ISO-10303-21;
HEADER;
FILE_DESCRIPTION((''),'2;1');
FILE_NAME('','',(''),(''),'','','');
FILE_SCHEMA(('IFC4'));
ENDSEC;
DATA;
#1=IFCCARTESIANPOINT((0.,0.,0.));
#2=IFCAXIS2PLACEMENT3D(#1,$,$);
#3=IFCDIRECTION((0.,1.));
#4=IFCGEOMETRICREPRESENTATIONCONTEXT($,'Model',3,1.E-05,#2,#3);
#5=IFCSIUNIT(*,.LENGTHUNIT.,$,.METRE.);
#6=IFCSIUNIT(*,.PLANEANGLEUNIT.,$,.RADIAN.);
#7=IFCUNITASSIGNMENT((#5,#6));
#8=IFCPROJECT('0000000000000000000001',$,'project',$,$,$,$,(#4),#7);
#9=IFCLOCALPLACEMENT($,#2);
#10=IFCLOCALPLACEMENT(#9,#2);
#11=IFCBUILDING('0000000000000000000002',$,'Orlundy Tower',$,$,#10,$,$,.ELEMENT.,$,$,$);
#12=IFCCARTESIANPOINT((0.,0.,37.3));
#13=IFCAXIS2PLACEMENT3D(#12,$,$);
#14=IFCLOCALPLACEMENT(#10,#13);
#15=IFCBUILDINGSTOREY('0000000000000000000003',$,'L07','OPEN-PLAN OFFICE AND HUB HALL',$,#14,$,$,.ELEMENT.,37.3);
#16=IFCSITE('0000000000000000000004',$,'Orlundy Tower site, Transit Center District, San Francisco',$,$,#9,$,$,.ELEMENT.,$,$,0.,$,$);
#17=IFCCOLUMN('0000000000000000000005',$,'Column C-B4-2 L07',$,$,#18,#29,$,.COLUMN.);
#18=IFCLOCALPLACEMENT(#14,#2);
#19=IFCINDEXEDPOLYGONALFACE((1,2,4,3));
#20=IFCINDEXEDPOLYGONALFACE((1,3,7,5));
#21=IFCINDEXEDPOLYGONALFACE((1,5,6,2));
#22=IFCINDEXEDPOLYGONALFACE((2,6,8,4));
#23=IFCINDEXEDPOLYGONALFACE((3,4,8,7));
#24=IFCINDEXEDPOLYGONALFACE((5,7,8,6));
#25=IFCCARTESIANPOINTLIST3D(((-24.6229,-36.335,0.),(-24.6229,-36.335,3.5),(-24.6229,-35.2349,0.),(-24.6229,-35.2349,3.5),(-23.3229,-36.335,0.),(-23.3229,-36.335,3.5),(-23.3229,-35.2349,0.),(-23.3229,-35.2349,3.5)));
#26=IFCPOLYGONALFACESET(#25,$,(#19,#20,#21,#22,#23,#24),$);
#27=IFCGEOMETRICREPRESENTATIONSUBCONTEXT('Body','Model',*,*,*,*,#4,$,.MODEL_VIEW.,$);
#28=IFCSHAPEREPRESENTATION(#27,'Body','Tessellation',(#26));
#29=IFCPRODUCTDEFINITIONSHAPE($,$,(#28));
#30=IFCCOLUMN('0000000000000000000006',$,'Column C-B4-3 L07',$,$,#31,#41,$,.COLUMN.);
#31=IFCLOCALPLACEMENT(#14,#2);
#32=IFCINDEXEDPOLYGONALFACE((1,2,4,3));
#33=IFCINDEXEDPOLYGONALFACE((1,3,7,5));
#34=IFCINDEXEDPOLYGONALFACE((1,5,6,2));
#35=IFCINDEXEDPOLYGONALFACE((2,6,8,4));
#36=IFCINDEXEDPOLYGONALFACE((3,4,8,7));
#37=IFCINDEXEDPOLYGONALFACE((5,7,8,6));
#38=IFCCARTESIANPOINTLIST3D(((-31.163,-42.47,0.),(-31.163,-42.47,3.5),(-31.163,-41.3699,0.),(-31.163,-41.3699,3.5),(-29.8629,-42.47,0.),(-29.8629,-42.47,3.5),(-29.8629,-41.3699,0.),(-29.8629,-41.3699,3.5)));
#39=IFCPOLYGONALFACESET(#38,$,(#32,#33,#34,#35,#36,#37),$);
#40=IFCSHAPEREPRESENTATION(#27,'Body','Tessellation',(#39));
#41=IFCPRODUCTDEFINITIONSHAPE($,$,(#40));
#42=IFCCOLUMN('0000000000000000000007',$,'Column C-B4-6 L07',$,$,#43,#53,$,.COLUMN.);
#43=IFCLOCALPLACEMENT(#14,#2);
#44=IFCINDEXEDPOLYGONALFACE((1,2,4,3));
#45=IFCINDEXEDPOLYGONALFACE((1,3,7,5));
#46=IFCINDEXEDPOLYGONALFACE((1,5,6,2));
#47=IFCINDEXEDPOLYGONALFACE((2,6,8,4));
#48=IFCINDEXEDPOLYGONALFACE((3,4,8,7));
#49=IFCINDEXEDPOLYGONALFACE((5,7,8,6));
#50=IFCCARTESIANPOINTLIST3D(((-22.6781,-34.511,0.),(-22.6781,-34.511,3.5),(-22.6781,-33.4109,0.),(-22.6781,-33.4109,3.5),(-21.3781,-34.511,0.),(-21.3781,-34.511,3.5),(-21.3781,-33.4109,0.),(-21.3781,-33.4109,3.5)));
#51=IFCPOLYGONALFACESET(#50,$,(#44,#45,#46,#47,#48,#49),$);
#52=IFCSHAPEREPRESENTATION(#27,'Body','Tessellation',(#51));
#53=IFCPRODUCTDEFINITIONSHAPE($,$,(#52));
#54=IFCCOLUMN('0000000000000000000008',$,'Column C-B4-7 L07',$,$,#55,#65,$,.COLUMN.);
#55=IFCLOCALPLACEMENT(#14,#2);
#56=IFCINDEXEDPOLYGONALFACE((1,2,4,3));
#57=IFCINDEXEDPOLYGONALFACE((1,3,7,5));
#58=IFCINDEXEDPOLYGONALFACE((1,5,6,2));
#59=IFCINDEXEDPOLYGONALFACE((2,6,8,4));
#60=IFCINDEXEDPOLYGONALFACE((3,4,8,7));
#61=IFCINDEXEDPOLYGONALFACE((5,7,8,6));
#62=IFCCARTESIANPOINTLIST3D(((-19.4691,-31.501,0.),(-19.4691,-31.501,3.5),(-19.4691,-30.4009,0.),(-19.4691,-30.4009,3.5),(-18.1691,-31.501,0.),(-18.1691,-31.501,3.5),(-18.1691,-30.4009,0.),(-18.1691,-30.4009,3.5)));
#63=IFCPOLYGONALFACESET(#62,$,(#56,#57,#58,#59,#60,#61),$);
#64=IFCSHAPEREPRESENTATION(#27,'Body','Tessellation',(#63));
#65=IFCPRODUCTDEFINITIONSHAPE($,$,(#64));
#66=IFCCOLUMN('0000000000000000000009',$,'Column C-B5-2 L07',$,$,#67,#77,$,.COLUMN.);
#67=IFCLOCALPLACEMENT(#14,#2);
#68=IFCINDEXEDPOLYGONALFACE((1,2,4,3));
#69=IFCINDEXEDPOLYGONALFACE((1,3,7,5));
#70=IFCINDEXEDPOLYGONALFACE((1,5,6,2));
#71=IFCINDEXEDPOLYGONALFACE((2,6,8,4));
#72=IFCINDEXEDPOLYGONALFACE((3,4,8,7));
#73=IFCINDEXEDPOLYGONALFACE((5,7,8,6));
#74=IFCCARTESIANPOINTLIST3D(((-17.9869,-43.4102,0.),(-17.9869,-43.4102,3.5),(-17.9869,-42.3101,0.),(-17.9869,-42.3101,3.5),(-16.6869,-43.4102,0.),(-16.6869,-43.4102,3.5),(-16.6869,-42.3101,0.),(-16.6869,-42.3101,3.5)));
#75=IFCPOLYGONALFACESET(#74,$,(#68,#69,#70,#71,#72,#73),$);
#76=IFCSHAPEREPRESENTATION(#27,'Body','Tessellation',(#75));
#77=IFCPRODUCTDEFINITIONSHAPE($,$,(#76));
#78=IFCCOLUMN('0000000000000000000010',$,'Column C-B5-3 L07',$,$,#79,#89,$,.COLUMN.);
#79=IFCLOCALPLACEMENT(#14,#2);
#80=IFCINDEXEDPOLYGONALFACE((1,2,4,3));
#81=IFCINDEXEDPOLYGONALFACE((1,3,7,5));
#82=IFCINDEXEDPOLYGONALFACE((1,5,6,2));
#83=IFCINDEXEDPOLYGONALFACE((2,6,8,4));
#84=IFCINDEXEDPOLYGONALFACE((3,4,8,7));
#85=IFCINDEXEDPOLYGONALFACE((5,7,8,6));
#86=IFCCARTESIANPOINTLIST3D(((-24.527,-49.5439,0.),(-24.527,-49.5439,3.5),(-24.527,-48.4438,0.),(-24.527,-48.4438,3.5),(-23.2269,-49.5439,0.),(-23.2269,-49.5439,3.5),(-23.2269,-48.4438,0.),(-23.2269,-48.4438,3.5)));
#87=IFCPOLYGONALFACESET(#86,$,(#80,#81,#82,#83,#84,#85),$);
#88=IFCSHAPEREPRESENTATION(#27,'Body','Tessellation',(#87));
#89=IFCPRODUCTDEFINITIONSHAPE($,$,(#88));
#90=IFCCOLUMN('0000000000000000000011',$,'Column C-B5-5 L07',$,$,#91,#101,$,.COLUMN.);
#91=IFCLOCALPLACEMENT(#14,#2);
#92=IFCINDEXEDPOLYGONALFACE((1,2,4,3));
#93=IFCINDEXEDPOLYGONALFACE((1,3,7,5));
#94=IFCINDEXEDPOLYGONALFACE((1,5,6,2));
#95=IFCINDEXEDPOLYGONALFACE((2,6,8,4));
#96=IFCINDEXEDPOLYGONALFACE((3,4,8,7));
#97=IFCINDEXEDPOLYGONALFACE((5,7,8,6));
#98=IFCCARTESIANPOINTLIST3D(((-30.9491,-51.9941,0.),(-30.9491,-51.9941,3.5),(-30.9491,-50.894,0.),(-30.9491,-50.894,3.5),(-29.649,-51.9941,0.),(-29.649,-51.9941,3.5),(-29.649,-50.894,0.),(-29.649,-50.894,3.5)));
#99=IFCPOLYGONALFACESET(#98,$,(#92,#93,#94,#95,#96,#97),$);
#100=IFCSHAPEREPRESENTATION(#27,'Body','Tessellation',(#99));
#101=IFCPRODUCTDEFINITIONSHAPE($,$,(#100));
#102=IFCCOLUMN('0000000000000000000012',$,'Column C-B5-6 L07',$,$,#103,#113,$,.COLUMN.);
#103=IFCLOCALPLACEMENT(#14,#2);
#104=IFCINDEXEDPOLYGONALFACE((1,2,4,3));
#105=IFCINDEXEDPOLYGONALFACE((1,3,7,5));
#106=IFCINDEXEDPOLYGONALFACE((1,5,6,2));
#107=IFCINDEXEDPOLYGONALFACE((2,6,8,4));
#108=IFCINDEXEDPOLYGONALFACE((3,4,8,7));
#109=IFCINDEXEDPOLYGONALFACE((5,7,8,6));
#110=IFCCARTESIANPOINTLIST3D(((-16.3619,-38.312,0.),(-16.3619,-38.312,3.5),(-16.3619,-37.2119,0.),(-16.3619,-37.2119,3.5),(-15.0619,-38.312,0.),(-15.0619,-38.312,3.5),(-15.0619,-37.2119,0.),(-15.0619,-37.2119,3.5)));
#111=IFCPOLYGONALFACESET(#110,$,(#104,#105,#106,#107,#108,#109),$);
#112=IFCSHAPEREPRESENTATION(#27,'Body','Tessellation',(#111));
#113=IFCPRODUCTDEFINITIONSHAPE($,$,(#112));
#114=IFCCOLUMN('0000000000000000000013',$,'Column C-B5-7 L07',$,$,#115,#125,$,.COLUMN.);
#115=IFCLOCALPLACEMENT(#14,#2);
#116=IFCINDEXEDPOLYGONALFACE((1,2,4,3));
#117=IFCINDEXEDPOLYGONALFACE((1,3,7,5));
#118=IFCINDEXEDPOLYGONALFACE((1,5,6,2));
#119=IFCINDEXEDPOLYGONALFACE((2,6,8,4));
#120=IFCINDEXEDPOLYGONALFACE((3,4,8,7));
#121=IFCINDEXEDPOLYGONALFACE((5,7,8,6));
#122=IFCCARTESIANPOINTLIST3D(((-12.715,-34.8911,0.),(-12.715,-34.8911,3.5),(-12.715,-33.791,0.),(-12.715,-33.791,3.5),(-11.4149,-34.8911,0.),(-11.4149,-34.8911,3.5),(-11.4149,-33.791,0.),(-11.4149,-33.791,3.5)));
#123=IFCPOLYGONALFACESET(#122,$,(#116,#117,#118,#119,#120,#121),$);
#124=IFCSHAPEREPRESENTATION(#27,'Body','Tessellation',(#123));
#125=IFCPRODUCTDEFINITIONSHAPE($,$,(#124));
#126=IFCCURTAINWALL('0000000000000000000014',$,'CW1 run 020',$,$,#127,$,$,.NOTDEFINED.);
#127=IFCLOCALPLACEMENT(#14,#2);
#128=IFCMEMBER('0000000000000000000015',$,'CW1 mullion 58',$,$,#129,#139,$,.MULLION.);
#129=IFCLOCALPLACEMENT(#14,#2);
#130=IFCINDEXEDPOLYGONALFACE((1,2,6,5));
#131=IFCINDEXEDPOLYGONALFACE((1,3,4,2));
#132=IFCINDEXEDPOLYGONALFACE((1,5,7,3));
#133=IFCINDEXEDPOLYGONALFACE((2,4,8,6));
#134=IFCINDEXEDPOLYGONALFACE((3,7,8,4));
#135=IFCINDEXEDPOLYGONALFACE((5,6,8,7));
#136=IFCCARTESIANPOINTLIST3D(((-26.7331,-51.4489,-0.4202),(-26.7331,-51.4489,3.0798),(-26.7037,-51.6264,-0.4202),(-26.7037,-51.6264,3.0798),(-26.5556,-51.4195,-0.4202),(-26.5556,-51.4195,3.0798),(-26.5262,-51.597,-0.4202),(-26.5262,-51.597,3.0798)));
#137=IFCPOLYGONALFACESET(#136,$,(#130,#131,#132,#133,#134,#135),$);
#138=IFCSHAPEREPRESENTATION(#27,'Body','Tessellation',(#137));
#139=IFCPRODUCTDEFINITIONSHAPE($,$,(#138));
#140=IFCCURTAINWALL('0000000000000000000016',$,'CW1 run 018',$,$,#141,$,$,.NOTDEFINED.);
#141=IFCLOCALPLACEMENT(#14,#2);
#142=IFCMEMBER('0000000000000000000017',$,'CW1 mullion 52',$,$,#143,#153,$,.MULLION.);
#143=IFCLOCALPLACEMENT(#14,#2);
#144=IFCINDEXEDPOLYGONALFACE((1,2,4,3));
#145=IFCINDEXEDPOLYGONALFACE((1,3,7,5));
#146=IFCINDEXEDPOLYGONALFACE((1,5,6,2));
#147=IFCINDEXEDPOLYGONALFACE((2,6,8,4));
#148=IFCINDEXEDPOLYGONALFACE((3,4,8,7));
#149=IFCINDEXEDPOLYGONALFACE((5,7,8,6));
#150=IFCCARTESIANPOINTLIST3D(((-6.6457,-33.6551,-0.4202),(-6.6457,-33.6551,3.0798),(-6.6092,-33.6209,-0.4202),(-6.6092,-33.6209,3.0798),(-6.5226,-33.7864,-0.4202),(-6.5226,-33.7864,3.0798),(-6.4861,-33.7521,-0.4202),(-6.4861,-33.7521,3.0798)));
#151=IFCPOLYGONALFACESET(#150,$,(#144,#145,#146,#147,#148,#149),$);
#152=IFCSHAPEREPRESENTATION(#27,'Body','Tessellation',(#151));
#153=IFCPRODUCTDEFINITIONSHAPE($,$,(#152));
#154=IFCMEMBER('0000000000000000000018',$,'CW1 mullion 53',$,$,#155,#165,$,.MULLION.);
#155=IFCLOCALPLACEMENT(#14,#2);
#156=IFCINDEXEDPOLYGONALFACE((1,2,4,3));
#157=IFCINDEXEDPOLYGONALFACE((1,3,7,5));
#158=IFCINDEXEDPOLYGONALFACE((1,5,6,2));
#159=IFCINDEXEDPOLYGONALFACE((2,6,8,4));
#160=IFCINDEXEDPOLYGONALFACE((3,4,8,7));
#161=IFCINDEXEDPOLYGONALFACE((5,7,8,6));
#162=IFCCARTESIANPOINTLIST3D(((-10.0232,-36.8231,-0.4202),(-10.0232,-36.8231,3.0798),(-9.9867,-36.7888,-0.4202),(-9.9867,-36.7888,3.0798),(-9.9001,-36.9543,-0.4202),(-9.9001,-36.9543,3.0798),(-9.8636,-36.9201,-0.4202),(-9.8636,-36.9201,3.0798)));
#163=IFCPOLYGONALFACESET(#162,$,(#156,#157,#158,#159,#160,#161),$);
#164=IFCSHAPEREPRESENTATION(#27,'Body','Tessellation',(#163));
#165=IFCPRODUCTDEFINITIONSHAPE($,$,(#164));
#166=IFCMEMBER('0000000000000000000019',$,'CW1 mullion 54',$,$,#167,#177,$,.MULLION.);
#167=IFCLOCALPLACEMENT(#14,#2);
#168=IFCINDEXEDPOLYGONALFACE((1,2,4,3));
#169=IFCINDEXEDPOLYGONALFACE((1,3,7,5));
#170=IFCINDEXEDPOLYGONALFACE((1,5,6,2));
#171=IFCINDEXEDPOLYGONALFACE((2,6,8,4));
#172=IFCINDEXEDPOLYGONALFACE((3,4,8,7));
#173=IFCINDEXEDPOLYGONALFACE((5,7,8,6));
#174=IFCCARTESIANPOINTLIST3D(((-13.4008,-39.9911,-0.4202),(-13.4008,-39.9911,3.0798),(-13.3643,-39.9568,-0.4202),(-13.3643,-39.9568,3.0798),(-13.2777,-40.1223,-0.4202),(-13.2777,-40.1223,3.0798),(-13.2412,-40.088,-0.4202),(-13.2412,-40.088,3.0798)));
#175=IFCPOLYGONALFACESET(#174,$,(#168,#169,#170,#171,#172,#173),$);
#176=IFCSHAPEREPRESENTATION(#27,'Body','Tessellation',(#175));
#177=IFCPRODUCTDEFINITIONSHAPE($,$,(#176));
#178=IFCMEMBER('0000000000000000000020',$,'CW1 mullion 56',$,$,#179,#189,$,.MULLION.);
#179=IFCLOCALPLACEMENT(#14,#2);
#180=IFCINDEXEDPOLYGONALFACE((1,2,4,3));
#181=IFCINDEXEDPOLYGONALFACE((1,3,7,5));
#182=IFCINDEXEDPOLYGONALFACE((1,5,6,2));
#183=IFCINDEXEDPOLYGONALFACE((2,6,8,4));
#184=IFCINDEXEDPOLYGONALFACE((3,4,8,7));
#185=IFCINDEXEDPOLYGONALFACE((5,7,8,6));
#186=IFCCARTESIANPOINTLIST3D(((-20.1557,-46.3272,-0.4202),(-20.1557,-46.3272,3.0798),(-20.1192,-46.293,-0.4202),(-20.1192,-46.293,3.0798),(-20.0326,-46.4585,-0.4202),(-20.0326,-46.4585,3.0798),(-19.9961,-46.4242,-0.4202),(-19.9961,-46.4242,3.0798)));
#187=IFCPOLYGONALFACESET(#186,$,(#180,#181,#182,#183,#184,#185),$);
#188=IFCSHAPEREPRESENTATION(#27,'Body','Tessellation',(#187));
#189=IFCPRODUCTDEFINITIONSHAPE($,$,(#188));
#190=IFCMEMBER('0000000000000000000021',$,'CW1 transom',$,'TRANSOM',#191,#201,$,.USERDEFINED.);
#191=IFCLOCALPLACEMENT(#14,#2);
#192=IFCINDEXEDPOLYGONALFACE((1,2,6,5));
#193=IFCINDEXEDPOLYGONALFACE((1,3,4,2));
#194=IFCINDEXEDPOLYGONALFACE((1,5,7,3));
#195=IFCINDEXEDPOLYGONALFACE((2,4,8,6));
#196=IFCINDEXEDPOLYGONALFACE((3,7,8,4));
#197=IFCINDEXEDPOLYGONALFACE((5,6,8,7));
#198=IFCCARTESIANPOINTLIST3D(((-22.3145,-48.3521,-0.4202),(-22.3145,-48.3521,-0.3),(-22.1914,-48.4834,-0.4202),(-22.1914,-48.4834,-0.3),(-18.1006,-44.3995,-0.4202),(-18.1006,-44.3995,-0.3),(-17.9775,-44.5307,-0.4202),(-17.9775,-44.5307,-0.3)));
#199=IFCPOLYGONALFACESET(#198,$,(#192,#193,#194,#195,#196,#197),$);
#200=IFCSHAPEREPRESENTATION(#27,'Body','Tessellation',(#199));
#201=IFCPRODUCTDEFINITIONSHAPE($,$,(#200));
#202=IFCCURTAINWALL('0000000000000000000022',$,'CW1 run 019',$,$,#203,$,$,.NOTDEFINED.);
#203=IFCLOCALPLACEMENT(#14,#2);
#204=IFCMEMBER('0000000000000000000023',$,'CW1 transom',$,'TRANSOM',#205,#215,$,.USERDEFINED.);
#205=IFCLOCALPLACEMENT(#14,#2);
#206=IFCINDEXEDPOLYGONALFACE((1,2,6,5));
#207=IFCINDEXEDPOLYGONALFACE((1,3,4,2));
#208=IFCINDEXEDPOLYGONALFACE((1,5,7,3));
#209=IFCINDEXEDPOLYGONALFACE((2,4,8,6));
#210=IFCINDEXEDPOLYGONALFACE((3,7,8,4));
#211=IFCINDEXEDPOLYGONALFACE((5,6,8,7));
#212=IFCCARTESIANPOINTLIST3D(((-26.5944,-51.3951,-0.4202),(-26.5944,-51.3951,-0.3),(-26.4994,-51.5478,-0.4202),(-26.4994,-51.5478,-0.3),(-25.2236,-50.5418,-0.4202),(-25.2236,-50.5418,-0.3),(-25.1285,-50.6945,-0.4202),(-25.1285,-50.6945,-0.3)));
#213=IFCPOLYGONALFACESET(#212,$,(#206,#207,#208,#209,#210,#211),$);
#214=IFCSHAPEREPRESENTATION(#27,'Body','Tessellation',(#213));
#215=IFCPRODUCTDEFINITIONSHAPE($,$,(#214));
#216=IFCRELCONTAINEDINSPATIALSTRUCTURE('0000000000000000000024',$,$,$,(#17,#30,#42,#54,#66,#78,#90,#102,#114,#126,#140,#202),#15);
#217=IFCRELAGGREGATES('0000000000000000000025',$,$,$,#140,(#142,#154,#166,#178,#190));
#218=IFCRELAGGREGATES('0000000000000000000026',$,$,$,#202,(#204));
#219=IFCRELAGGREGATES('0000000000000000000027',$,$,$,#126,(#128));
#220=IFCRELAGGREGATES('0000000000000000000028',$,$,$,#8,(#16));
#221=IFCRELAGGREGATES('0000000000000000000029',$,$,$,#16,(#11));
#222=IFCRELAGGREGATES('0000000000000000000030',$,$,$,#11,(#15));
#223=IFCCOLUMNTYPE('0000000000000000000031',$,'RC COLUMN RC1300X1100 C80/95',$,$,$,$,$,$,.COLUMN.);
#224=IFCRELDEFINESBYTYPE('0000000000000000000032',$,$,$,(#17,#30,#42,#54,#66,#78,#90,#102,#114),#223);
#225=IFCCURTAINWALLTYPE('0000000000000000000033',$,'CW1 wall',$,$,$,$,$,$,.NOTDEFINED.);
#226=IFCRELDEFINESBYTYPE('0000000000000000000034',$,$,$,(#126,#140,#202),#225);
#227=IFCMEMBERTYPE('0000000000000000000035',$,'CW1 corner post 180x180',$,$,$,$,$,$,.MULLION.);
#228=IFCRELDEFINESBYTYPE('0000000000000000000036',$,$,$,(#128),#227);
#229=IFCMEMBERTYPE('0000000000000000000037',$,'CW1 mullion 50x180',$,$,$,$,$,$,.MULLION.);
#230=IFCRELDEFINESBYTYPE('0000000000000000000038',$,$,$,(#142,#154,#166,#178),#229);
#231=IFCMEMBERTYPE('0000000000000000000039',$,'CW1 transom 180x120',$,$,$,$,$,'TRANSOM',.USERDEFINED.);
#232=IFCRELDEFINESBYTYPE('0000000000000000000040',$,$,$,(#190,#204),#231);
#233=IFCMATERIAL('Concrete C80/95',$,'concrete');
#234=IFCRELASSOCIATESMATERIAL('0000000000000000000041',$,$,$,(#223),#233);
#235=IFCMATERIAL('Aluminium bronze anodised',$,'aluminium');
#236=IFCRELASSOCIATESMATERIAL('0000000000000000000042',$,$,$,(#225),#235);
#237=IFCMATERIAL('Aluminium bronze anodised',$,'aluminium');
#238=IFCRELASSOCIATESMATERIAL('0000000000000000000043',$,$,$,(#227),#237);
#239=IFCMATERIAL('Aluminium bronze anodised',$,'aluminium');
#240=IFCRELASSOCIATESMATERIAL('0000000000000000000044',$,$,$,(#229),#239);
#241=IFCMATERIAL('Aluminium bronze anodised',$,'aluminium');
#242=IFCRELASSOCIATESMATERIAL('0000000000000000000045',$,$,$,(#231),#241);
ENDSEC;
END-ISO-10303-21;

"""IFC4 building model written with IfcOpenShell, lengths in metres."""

from ifc_helpers import new_model, si_unit, direction, frame, origin, origin_2d, place, context, subcontext, project, spatial, rectangle, extrude, material, material_profile, profile_set, type_object, element, aggregate, save


model = new_model("IFC4")

# Units and contexts
model_context = context("Model", 3, precision=1e-05, world=origin(), true_north=direction((0.0, 1.0)))
body_context = subcontext(model_context, "Body", "Model", "MODEL_VIEW")
ifc_project = project(units=[si_unit("LENGTHUNIT", "METRE"), si_unit("PLANEANGLEUNIT", "RADIAN")], contexts=[model_context])

# Site, building, storey
site_placement = place(None, origin())
site = spatial("IfcSite", under=ifc_project, at=site_placement, Name="Orlundy Tower site, Transit Center District, San Francisco", CompositionType="ELEMENT", RefElevation=0.0)
building_placement = place(site_placement, origin())
building = spatial("IfcBuilding", under=site, at=building_placement, Name="Orlundy Tower", CompositionType="ELEMENT")
storey_placement = place(building_placement, frame((0.0, 0.0, 37.3)))
storey = spatial("IfcBuildingStorey", under=building, at=storey_placement, Name="L07", Description="OPEN-PLAN OFFICE AND HUB HALL", CompositionType="ELEMENT", Elevation=37.3)

# Columns
ifc_material_1 = material(Name="Concrete C80/95", Category="concrete")
ifc_material_profile_1 = material_profile(ifc_material_1, rectangle(XDim=1.3, YDim=1.1001, at=origin_2d()), Name="RC1300X1100")
ifc_profile_set_1 = profile_set([ifc_material_profile_1], Name="Concrete C80/95")
column_type = type_object("IfcColumnType", Name="RC COLUMN RC1300X1100 C80/95", PredefinedType="COLUMN", material=ifc_profile_set_1)
for number, where, z_axis, x_axis, name in (
    (1, (-23.9729, -35.7849, 0.0), (0.0, 0.0, 1.0), (1.0, 0.0, 0.0), "Column C-B4-2 L07"),
    (2, (-30.5129, -41.9199, 0.0), (0.0, 0.0, 1.0), (1.0, 0.0, 0.0), "Column C-B4-3 L07"),
    (3, (-22.0281, -33.9609, 0.0), (0.0, 0.0, 1.0), (1.0, 0.0, 0.0), "Column C-B4-6 L07"),
    (4, (-18.8191, -30.9509, 0.0), (0.0, 0.0, 1.0), (1.0, 0.0, 0.0), "Column C-B4-7 L07"),
    (5, (-17.3369, -42.8601, 0.0), (0.0, 0.0, 1.0), (1.0, 0.0, 0.0), "Column C-B5-2 L07"),
    (6, (-23.877, -48.9939, 0.0), (0.0, 0.0, 1.0), (1.0, 0.0, 0.0), "Column C-B5-3 L07"),
    (7, (-30.2991, -51.4441, 0.0), (0.0, 0.0, 1.0), (1.0, 0.0, 0.0), "Column C-B5-5 L07"),
    (8, (-15.7119, -37.762, 0.0), (0.0, 0.0, 1.0), (1.0, 0.0, 0.0), "Column C-B5-6 L07"),
    (9, (-12.0649, -34.3411, 0.0), (0.0, 0.0, 1.0), (1.0, 0.0, 0.0), "Column C-B5-7 L07"),
):
    element("IfcColumn", number, at=place(storey_placement, frame(where, z_axis=z_axis, x_axis=x_axis)), inside=storey, type_object=column_type, Name=name, PredefinedType="COLUMN", context=body_context, shape_type="SweptSolid", body=[
        extrude(rectangle(XDim=1.3, YDim=1.1001, at=origin_2d()), origin(), (0.0, 0.0, 1.0), 3.5),
    ])

# Curtain wall, member
ifc_material_2 = material(Name="Aluminium bronze anodised", Category="aluminium")
curtain_wall_type = type_object("IfcCurtainWallType", Name="CW1 wall", PredefinedType="NOTDEFINED", material=ifc_material_2)
curtain_wall_1_placement = place(storey_placement, origin())
curtain_wall_1 = element("IfcCurtainWall", 10, at=curtain_wall_1_placement, inside=storey, type_object=curtain_wall_type, Name="CW1 run 020", PredefinedType="NOTDEFINED")
ifc_material_3 = material(Name="Aluminium bronze anodised", Category="aluminium")
ifc_material_profile_2 = material_profile(ifc_material_3, rectangle(XDim=0.1799, YDim=0.1799, at=origin_2d()), Name="CW1 corner post 180x180")
ifc_profile_set_2 = profile_set([ifc_material_profile_2], Name="Aluminium bronze anodised")
member_type_1 = type_object("IfcMemberType", Name="CW1 corner post 180x180", PredefinedType="MULLION", material=ifc_profile_set_2)
member_1_placement = place(storey_placement, frame((-26.6296, -51.5229, -0.4202), z_axis=(0.0, 0.0, 1.0), x_axis=(0.163786, -0.986496, 0.0)))
member_1 = element("IfcMember", 11, at=member_1_placement, type_object=member_type_1, Name="CW1 mullion 58", PredefinedType="MULLION", context=body_context, shape_type="SweptSolid", body=[
    extrude(rectangle(XDim=0.1799, YDim=0.1799, at=origin_2d()), origin(), (0.0, 0.0, 1.0), 3.5),
])

# Curtain wall, members
curtain_wall_2_placement = place(storey_placement, origin())
curtain_wall_2 = element("IfcCurtainWall", 12, at=curtain_wall_2_placement, inside=storey, type_object=curtain_wall_type, Name="CW1 run 018", PredefinedType="NOTDEFINED")
ifc_material_4 = material(Name="Aluminium bronze anodised", Category="aluminium")
ifc_material_profile_3 = material_profile(ifc_material_4, rectangle(XDim=0.1799, YDim=0.05, at=origin_2d()), Name="CW1 mullion 50x180")
ifc_profile_set_3 = profile_set([ifc_material_profile_3], Name="Aluminium bronze anodised")
member_type_2 = type_object("IfcMemberType", Name="CW1 mullion 50x180", PredefinedType="MULLION", material=ifc_profile_set_3)
member_2_placement = place(storey_placement, frame((-6.5659, -33.7036, -0.4202), z_axis=(0.0, 0.0, 1.0), x_axis=(0.684124, -0.729365, 0.0)))
member_2 = element("IfcMember", 13, at=member_2_placement, type_object=member_type_2, Name="CW1 mullion 52", PredefinedType="MULLION", context=body_context, shape_type="SweptSolid", body=[
    extrude(rectangle(XDim=0.1799, YDim=0.05, at=origin_2d()), origin(), (0.0, 0.0, 1.0), 3.5),
])
member_3_placement = place(storey_placement, frame((-9.9434, -36.8716, -0.4202), z_axis=(0.0, 0.0, 1.0), x_axis=(0.684124, -0.729365, 0.0)))
member_3 = element("IfcMember", 14, at=member_3_placement, type_object=member_type_2, Name="CW1 mullion 53", PredefinedType="MULLION", context=body_context, shape_type="SweptSolid", body=[
    extrude(rectangle(XDim=0.1799, YDim=0.05, at=origin_2d()), origin(), (0.0, 0.0, 1.0), 3.5),
])
member_4_placement = place(storey_placement, frame((-13.321, -40.0396, -0.4202), z_axis=(0.0, 0.0, 1.0), x_axis=(0.684124, -0.729365, 0.0)))
member_4 = element("IfcMember", 15, at=member_4_placement, type_object=member_type_2, Name="CW1 mullion 54", PredefinedType="MULLION", context=body_context, shape_type="SweptSolid", body=[
    extrude(rectangle(XDim=0.1799, YDim=0.05, at=origin_2d()), origin(), (0.0, 0.0, 1.0), 3.5),
])
member_5_placement = place(storey_placement, frame((-20.0759, -46.3757, -0.4202), z_axis=(0.0, 0.0, 1.0), x_axis=(0.684124, -0.729365, 0.0)))
member_5 = element("IfcMember", 16, at=member_5_placement, type_object=member_type_2, Name="CW1 mullion 56", PredefinedType="MULLION", context=body_context, shape_type="SweptSolid", body=[
    extrude(rectangle(XDim=0.1799, YDim=0.05, at=origin_2d()), origin(), (0.0, 0.0, 1.0), 3.5),
])
ifc_material_5 = material(Name="Aluminium bronze anodised", Category="aluminium")
ifc_material_profile_4 = material_profile(ifc_material_5, rectangle(XDim=0.1799, YDim=0.1201, at=origin_2d()), Name="CW1 transom 180x120")
ifc_profile_set_4 = profile_set([ifc_material_profile_4], Name="Aluminium bronze anodised")
member_type_3 = type_object("IfcMemberType", Name="CW1 transom 180x120", ElementType="TRANSOM", PredefinedType="USERDEFINED", material=ifc_profile_set_4)
member_6_placement = place(storey_placement, frame((-18.0391, -44.4651, -0.3601), z_axis=(-0.729353, -0.684138, 0.0), x_axis=(0.684138, -0.729353, 0.0)))
member_6 = element("IfcMember", 17, at=member_6_placement, type_object=member_type_3, Name="CW1 transom", ObjectType="TRANSOM", PredefinedType="USERDEFINED", context=body_context, shape_type="SweptSolid", body=[
    extrude(rectangle(XDim=0.1799, YDim=0.1201, at=origin_2d()), origin(), (0.0, 0.0, 1.0), 5.7776),
])

# Curtain wall, member
curtain_wall_3_placement = place(storey_placement, origin())
curtain_wall_3 = element("IfcCurtainWall", 18, at=curtain_wall_3_placement, inside=storey, type_object=curtain_wall_type, Name="CW1 run 019", PredefinedType="NOTDEFINED")
member_7_placement = place(storey_placement, frame((-25.176, -50.6182, -0.3601), z_axis=(-0.848974, -0.528435, 0.0), x_axis=(0.528435, -0.848974, 0.0)))
member_7 = element("IfcMember", 19, at=member_7_placement, type_object=member_type_3, Name="CW1 transom", ObjectType="TRANSOM", PredefinedType="USERDEFINED", context=body_context, shape_type="SweptSolid", body=[
    extrude(rectangle(XDim=0.1799, YDim=0.1201, at=origin_2d()), origin(), (0.0, 0.0, 1.0), 1.6147),
])

aggregate(curtain_wall_2, [member_2, member_3, member_4, member_5, member_6])
aggregate(curtain_wall_3, [member_7])
aggregate(curtain_wall_1, [member_1])

save(model, "model.ifc")
